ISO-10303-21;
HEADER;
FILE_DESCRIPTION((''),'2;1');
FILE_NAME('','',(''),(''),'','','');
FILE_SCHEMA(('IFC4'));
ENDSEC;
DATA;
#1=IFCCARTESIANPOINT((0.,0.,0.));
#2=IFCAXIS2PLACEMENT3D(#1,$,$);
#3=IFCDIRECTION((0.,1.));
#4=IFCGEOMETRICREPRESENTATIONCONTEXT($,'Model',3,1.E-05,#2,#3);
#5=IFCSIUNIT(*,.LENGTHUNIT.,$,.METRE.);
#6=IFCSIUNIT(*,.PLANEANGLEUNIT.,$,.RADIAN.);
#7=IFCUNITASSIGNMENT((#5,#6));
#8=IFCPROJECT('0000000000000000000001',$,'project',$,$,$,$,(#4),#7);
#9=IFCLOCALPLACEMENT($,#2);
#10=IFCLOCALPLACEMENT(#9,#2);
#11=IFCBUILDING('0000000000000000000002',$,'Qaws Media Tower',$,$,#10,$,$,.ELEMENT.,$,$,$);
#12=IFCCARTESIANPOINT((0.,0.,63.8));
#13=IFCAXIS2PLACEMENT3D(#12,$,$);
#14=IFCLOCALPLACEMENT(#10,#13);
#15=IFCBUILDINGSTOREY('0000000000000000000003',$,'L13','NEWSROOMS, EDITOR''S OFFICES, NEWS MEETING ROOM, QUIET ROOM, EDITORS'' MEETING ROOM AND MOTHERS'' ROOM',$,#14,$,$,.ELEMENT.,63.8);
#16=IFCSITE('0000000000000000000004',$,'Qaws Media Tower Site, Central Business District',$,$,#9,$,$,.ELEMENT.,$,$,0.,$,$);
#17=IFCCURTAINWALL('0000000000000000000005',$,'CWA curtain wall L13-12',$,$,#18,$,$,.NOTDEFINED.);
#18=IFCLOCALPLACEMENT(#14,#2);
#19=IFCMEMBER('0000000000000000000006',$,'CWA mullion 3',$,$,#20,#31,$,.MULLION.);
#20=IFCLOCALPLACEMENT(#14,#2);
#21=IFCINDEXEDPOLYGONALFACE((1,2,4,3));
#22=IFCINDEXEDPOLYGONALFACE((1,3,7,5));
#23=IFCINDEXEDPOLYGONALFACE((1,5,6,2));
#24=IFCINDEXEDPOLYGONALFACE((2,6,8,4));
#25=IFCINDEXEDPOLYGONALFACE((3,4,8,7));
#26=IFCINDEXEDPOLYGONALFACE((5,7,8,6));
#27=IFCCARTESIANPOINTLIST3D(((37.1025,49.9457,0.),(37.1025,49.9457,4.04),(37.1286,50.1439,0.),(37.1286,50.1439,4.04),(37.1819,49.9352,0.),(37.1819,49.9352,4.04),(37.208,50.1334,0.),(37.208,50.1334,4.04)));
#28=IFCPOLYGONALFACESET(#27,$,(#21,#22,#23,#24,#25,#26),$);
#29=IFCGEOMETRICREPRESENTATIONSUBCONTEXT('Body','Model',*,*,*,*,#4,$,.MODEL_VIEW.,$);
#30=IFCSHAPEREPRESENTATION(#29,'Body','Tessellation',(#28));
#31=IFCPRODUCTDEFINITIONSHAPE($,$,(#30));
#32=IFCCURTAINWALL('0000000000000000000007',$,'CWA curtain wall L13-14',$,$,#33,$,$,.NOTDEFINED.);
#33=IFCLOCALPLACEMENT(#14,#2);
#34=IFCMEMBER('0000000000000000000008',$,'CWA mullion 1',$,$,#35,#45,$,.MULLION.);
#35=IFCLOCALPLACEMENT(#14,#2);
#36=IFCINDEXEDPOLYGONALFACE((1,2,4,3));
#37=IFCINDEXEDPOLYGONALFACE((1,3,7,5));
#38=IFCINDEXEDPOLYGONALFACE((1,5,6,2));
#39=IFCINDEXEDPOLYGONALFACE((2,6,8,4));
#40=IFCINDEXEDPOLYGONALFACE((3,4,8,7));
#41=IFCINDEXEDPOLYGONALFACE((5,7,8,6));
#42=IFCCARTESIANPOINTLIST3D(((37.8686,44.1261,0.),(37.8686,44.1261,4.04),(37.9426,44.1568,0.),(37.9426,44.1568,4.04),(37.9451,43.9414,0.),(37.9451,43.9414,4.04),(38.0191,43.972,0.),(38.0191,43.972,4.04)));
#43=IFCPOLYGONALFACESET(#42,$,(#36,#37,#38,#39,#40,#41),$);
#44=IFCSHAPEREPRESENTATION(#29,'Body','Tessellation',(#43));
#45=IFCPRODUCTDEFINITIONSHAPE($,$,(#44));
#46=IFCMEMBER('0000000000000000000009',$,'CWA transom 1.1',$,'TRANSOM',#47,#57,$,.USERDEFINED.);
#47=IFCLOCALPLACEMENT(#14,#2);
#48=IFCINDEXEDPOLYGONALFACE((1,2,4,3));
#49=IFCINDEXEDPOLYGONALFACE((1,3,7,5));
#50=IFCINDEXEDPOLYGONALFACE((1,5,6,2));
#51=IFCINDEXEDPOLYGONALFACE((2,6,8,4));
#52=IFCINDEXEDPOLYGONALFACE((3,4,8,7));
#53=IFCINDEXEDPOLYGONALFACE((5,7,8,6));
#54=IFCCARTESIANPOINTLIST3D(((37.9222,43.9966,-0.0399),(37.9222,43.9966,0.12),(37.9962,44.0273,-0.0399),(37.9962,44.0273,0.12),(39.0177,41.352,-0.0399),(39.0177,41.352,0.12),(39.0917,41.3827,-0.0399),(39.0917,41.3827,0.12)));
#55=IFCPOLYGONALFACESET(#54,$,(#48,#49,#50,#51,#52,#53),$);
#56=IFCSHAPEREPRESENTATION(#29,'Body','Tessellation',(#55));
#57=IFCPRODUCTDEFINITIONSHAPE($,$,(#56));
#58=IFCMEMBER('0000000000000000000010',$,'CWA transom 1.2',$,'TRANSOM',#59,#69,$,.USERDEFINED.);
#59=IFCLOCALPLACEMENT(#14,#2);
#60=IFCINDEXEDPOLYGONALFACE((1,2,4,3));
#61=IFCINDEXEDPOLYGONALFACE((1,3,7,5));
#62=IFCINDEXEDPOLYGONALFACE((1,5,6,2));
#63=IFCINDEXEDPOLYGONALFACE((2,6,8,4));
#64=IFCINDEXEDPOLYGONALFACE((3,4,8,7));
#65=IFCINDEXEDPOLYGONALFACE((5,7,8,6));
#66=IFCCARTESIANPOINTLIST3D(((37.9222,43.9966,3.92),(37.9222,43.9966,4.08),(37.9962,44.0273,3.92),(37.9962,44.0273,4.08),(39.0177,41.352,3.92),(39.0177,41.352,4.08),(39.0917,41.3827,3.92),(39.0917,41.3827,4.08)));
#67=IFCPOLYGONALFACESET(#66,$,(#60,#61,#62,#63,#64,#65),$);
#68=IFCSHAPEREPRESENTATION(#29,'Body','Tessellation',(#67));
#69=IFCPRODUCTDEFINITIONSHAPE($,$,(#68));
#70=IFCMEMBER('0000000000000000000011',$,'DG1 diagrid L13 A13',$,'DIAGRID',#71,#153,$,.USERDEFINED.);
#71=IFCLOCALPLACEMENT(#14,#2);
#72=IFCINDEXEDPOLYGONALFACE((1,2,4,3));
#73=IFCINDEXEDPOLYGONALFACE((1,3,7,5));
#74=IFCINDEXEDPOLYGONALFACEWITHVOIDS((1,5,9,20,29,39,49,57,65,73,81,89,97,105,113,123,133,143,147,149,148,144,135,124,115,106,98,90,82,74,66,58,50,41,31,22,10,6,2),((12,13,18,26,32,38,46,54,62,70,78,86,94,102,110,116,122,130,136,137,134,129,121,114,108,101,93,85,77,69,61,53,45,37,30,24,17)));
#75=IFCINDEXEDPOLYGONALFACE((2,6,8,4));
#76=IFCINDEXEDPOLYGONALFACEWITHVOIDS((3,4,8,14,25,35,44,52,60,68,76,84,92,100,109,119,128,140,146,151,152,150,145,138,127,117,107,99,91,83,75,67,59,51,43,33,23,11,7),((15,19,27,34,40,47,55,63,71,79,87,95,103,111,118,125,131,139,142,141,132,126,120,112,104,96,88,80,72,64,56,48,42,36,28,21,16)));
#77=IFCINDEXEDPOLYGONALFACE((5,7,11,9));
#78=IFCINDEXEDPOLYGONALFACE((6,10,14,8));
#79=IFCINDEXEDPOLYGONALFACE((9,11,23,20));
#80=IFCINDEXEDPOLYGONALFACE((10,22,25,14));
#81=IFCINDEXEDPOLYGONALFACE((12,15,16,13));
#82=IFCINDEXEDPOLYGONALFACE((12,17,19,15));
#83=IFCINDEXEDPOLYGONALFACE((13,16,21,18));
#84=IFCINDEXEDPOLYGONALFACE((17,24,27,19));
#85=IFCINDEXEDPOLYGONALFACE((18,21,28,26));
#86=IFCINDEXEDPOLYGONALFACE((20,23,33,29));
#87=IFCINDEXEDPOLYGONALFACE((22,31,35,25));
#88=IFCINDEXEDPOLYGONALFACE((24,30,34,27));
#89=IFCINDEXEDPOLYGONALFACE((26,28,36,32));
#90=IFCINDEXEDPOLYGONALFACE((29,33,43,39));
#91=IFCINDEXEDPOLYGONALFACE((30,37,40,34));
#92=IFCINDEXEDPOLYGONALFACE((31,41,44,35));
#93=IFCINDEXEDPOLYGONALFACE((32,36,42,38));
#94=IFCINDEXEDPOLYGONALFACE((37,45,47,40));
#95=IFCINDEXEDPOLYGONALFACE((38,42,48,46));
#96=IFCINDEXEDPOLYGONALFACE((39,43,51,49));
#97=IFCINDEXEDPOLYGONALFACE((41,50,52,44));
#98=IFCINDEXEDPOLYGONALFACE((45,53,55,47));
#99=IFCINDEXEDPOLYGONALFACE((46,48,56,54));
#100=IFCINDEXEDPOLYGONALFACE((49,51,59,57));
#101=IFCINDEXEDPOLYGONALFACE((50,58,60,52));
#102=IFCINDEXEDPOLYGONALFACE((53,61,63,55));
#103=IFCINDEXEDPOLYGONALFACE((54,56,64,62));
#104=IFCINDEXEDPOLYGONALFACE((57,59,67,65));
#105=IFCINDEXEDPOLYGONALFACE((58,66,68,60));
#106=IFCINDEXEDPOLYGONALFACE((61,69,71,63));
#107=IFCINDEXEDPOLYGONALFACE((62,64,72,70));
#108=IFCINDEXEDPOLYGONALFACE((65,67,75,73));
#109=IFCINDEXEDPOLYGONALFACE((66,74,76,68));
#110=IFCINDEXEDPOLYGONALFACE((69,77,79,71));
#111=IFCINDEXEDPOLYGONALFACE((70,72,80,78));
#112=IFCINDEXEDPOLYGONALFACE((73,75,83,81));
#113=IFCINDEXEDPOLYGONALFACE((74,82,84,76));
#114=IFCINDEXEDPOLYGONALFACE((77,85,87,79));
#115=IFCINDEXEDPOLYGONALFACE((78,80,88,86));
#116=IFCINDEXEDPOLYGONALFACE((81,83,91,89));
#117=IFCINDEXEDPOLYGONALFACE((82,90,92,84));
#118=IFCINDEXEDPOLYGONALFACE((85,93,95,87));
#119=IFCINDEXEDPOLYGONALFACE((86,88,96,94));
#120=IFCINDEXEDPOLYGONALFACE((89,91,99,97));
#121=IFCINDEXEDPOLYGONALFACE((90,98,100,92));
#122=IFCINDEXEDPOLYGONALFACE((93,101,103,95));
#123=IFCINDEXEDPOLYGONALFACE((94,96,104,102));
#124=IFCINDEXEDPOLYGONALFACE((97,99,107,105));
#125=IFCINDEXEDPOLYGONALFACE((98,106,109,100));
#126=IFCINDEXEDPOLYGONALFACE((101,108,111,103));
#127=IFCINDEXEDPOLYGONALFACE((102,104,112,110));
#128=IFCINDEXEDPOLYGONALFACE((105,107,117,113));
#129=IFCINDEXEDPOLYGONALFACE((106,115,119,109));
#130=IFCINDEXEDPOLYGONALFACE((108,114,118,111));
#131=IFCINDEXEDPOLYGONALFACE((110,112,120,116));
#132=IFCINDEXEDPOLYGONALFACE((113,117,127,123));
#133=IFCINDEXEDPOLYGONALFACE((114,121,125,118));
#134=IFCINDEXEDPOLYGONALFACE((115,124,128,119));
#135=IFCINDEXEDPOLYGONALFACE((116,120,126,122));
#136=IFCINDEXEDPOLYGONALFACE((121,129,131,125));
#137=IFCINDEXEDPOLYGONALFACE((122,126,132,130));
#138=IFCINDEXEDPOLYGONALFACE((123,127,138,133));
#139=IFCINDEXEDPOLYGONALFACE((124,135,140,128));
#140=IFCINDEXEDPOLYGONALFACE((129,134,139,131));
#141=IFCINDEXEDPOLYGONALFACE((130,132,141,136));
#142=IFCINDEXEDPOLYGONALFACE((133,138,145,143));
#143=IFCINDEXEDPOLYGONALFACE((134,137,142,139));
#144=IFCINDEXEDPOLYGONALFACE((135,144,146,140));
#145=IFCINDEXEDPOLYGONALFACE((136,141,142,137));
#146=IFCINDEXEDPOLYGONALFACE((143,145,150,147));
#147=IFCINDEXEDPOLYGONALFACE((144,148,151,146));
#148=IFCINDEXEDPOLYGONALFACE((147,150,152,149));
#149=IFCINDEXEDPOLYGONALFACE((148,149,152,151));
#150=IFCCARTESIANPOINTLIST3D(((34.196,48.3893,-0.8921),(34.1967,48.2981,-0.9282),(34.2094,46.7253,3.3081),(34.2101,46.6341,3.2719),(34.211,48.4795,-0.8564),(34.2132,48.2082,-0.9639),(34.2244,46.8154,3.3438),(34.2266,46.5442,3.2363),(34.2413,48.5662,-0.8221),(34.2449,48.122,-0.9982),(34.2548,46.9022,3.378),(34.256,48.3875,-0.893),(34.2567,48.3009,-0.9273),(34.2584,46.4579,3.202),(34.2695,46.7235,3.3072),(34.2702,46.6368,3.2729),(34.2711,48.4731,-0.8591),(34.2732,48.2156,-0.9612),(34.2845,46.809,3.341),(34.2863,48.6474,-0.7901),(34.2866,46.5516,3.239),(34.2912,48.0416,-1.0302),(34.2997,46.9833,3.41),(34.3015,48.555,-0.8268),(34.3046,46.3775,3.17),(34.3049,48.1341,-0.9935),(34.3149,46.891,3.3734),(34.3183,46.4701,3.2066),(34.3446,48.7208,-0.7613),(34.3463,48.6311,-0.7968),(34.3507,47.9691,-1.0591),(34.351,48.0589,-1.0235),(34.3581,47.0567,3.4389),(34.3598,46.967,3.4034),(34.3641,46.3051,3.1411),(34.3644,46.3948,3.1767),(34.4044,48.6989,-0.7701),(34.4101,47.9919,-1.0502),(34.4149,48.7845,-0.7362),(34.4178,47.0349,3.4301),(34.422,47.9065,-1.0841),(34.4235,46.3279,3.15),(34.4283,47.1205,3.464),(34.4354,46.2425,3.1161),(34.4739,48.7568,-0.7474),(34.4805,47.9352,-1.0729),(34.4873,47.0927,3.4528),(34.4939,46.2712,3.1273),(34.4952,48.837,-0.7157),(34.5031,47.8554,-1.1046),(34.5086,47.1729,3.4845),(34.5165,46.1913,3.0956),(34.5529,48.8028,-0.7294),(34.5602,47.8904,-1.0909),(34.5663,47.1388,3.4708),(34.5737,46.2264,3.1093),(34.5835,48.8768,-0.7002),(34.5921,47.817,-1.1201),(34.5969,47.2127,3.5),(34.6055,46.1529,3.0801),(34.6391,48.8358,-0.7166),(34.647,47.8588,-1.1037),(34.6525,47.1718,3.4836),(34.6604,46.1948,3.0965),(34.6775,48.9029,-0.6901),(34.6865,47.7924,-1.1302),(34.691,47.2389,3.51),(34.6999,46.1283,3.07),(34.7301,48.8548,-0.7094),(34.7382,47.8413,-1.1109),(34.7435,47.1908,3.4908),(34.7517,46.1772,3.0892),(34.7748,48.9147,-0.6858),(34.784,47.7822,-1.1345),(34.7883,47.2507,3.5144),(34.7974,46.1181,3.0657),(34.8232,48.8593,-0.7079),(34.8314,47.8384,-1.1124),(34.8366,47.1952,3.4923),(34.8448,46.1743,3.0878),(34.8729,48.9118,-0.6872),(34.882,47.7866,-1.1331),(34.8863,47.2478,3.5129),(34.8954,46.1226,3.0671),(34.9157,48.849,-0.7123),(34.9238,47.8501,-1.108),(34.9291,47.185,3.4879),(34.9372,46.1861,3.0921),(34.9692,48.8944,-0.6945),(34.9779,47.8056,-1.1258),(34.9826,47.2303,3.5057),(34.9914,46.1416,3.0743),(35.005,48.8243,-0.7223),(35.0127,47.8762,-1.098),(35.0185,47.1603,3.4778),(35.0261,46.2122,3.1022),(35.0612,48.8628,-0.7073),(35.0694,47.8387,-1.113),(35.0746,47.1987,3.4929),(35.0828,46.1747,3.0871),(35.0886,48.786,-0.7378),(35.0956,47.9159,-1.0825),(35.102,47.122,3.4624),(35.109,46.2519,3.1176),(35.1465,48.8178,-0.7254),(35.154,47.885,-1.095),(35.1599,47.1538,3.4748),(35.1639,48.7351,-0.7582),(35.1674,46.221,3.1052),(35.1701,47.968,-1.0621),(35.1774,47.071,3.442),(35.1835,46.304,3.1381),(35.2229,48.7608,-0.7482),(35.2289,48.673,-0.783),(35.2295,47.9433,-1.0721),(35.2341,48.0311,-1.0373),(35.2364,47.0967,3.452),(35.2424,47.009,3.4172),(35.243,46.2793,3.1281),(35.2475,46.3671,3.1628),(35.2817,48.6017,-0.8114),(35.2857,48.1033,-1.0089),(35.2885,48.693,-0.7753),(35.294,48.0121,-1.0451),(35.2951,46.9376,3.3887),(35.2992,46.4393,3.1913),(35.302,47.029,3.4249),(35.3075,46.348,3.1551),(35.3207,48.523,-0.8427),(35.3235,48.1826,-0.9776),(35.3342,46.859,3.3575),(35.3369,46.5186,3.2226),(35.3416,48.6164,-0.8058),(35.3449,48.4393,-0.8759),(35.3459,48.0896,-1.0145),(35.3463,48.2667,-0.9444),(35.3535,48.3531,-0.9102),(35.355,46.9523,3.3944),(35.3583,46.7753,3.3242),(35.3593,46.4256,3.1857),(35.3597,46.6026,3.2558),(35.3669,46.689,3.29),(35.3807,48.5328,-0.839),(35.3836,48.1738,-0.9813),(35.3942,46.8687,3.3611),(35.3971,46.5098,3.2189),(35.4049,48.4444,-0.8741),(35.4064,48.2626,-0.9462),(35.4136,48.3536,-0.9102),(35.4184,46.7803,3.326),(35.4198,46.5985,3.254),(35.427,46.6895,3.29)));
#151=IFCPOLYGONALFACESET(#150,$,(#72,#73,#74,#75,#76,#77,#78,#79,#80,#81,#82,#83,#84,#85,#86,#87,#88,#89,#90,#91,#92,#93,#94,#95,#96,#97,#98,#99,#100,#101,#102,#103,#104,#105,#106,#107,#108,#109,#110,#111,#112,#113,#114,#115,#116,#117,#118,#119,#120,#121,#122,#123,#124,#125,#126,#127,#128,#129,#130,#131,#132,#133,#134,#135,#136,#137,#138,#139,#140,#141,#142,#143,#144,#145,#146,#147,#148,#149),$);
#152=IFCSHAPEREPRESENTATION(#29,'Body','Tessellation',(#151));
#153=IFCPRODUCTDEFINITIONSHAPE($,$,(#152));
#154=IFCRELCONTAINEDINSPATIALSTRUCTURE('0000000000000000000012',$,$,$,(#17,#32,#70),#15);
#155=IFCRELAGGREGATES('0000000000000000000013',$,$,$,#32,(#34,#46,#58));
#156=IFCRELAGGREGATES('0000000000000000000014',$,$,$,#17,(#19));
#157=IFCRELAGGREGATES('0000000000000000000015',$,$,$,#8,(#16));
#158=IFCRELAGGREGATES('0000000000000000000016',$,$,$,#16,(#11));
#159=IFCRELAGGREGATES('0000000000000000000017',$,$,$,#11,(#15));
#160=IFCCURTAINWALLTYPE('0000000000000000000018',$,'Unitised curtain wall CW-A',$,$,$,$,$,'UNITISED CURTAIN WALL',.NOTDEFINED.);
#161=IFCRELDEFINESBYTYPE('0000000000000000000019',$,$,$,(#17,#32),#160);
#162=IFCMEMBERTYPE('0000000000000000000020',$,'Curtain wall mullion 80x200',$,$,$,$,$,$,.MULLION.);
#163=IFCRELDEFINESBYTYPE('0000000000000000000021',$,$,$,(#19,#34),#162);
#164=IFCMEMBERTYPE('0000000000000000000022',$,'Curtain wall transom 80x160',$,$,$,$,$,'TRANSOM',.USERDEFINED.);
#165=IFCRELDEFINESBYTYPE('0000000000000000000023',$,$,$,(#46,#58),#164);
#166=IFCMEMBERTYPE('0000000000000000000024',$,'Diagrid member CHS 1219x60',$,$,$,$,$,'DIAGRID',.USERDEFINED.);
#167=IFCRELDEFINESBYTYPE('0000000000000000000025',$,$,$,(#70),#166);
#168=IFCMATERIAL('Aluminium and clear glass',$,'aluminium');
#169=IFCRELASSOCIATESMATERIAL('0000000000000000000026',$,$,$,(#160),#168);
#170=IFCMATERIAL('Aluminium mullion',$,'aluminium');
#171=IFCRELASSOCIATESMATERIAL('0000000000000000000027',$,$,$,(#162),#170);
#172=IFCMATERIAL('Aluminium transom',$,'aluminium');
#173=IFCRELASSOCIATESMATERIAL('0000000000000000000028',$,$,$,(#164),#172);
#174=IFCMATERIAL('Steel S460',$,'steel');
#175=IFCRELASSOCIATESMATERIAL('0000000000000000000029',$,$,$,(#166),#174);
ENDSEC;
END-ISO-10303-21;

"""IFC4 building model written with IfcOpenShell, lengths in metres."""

from ifc_helpers import new_model, si_unit, direction, frame, origin, origin_2d, place, context, subcontext, project, spatial, rectangle, hollow_circle, extrude, material, material_profile, profile_set, type_object, element, aggregate, save


model = new_model("IFC4")

# Units and contexts
model_context = context("Model", 3, precision=1e-05, world=origin(), true_north=direction((0.0, 1.0)))
body_context = subcontext(model_context, "Body", "Model", "MODEL_VIEW")
ifc_project = project(units=[si_unit("LENGTHUNIT", "METRE"), si_unit("PLANEANGLEUNIT", "RADIAN")], contexts=[model_context])

# Site, building, storey
site_placement = place(None, origin())
site = spatial("IfcSite", under=ifc_project, at=site_placement, Name="Qaws Media Tower Site, Central Business District", CompositionType="ELEMENT", RefElevation=0.0)
building_placement = place(site_placement, origin())
building = spatial("IfcBuilding", under=site, at=building_placement, Name="Qaws Media Tower", CompositionType="ELEMENT")
storey_placement = place(building_placement, frame((0.0, 0.0, 63.8)))
storey = spatial("IfcBuildingStorey", under=building, at=storey_placement, Name="L13", Description="NEWSROOMS, EDITOR'S OFFICES, NEWS MEETING ROOM, QUIET ROOM, EDITORS' MEETING ROOM AND MOTHERS' ROOM", CompositionType="ELEMENT", Elevation=63.8)

# Curtain wall, member
ifc_material_1 = material(Name="Aluminium and clear glass", Category="aluminium")
curtain_wall_type = type_object("IfcCurtainWallType", Name="Unitised curtain wall CW-A", ElementType="UNITISED CURTAIN WALL", PredefinedType="NOTDEFINED", material=ifc_material_1)
curtain_wall_1_placement = place(storey_placement, origin())
curtain_wall_1 = element("IfcCurtainWall", 1, at=curtain_wall_1_placement, inside=storey, type_object=curtain_wall_type, Name="CWA curtain wall L13-12", PredefinedType="NOTDEFINED")
ifc_material_2 = material(Name="Aluminium mullion", Category="aluminium")
ifc_material_profile_1 = material_profile(ifc_material_2, rectangle(XDim=0.0801, YDim=0.2, at=origin_2d()), Name="80x200")
ifc_profile_set_1 = profile_set([ifc_material_profile_1], Name="Aluminium mullion")
member_type_1 = type_object("IfcMemberType", Name="Curtain wall mullion 80x200", PredefinedType="MULLION", material=ifc_profile_set_1)
member_1_placement = place(storey_placement, frame((37.1553, 50.0396, 0.0), z_axis=(0.0, 0.0, 1.0), x_axis=(0.991445, -0.130526, 0.0)))
member_1 = element("IfcMember", 2, at=member_1_placement, type_object=member_type_1, Name="CWA mullion 3", PredefinedType="MULLION", context=body_context, shape_type="SweptSolid", body=[
    extrude(rectangle(XDim=0.0801, YDim=0.2, at=origin_2d()), origin(), (0.0, 0.0, 1.0), 4.04),
])

# Curtain wall, members
curtain_wall_2_placement = place(storey_placement, origin())
curtain_wall_2 = element("IfcCurtainWall", 3, at=curtain_wall_2_placement, inside=storey, type_object=curtain_wall_type, Name="CWA curtain wall L13-14", PredefinedType="NOTDEFINED")
member_2_placement = place(storey_placement, frame((37.9438, 44.0491, 0.0), z_axis=(0.0, 0.0, 1.0), x_axis=(0.92388, 0.382683, 0.0)))
member_2 = element("IfcMember", 4, at=member_2_placement, type_object=member_type_1, Name="CWA mullion 1", PredefinedType="MULLION", context=body_context, shape_type="SweptSolid", body=[
    extrude(rectangle(XDim=0.0801, YDim=0.2, at=origin_2d()), origin(), (0.0, 0.0, 1.0), 4.04),
])
ifc_material_3 = material(Name="Aluminium transom", Category="aluminium")
ifc_material_profile_2 = material_profile(ifc_material_3, rectangle(XDim=0.0801, YDim=0.1599, at=origin_2d()), Name="80x160")
ifc_profile_set_2 = profile_set([ifc_material_profile_2], Name="Aluminium transom")
member_type_2 = type_object("IfcMemberType", Name="Curtain wall transom 80x160", ElementType="TRANSOM", PredefinedType="USERDEFINED", material=ifc_profile_set_2)
member_3_placement = place(storey_placement, frame((37.9592, 44.012, 0.04), z_axis=(0.382701, -0.923872, 0.0), x_axis=(0.923872, 0.382701, 0.0)))
member_3 = element("IfcMember", 5, at=member_3_placement, type_object=member_type_2, Name="CWA transom 1.1", ObjectType="TRANSOM", PredefinedType="USERDEFINED", context=body_context, shape_type="SweptSolid", body=[
    extrude(rectangle(XDim=0.0801, YDim=0.1599, at=origin_2d()), origin(), (0.0, 0.0, 1.0), 2.8625),
])
member_4_placement = place(storey_placement, frame((37.9592, 44.012, 4.0), z_axis=(0.382701, -0.923872, 0.0), x_axis=(0.923872, 0.382701, 0.0)))
member_4 = element("IfcMember", 6, at=member_4_placement, type_object=member_type_2, Name="CWA transom 1.2", ObjectType="TRANSOM", PredefinedType="USERDEFINED", context=body_context, shape_type="SweptSolid", body=[
    extrude(rectangle(XDim=0.0801, YDim=0.1599, at=origin_2d()), origin(), (0.0, 0.0, 1.0), 2.8625),
])
aggregate(curtain_wall_2, [member_2, member_3, member_4])

# Member
ifc_material_4 = material(Name="Steel S460", Category="steel")
ifc_material_profile_3 = material_profile(ifc_material_4, hollow_circle(Radius=0.6096, WallThickness=0.0601, at=origin_2d()), Name="CHS 1219x60")
ifc_profile_set_3 = profile_set([ifc_material_profile_3], Name="Steel S460")
member_type_3 = type_object("IfcMemberType", Name="Diagrid member CHS 1219x60", ElementType="DIAGRID", PredefinedType="USERDEFINED", material=ifc_profile_set_3)
for number, where, z_axis, x_axis, name in (
    (7, (34.804, 48.3486, -0.9102), (0.002972, -0.368331, 0.92969), (0.999967, 0.008069, 0.0), "DG1 diagrid L13 A13"),
):
    element("IfcMember", number, at=place(storey_placement, frame(where, z_axis=z_axis, x_axis=x_axis)), inside=storey, type_object=member_type_3, Name=name, ObjectType="DIAGRID", PredefinedType="USERDEFINED", context=body_context, shape_type="SweptSolid", body=[
        extrude(hollow_circle(Radius=0.6096, WallThickness=0.0601, at=origin_2d()), origin(), (0.0, 0.0, 1.0), 4.5178),
    ])

aggregate(curtain_wall_1, [member_1])

save(model, "model.ifc")
